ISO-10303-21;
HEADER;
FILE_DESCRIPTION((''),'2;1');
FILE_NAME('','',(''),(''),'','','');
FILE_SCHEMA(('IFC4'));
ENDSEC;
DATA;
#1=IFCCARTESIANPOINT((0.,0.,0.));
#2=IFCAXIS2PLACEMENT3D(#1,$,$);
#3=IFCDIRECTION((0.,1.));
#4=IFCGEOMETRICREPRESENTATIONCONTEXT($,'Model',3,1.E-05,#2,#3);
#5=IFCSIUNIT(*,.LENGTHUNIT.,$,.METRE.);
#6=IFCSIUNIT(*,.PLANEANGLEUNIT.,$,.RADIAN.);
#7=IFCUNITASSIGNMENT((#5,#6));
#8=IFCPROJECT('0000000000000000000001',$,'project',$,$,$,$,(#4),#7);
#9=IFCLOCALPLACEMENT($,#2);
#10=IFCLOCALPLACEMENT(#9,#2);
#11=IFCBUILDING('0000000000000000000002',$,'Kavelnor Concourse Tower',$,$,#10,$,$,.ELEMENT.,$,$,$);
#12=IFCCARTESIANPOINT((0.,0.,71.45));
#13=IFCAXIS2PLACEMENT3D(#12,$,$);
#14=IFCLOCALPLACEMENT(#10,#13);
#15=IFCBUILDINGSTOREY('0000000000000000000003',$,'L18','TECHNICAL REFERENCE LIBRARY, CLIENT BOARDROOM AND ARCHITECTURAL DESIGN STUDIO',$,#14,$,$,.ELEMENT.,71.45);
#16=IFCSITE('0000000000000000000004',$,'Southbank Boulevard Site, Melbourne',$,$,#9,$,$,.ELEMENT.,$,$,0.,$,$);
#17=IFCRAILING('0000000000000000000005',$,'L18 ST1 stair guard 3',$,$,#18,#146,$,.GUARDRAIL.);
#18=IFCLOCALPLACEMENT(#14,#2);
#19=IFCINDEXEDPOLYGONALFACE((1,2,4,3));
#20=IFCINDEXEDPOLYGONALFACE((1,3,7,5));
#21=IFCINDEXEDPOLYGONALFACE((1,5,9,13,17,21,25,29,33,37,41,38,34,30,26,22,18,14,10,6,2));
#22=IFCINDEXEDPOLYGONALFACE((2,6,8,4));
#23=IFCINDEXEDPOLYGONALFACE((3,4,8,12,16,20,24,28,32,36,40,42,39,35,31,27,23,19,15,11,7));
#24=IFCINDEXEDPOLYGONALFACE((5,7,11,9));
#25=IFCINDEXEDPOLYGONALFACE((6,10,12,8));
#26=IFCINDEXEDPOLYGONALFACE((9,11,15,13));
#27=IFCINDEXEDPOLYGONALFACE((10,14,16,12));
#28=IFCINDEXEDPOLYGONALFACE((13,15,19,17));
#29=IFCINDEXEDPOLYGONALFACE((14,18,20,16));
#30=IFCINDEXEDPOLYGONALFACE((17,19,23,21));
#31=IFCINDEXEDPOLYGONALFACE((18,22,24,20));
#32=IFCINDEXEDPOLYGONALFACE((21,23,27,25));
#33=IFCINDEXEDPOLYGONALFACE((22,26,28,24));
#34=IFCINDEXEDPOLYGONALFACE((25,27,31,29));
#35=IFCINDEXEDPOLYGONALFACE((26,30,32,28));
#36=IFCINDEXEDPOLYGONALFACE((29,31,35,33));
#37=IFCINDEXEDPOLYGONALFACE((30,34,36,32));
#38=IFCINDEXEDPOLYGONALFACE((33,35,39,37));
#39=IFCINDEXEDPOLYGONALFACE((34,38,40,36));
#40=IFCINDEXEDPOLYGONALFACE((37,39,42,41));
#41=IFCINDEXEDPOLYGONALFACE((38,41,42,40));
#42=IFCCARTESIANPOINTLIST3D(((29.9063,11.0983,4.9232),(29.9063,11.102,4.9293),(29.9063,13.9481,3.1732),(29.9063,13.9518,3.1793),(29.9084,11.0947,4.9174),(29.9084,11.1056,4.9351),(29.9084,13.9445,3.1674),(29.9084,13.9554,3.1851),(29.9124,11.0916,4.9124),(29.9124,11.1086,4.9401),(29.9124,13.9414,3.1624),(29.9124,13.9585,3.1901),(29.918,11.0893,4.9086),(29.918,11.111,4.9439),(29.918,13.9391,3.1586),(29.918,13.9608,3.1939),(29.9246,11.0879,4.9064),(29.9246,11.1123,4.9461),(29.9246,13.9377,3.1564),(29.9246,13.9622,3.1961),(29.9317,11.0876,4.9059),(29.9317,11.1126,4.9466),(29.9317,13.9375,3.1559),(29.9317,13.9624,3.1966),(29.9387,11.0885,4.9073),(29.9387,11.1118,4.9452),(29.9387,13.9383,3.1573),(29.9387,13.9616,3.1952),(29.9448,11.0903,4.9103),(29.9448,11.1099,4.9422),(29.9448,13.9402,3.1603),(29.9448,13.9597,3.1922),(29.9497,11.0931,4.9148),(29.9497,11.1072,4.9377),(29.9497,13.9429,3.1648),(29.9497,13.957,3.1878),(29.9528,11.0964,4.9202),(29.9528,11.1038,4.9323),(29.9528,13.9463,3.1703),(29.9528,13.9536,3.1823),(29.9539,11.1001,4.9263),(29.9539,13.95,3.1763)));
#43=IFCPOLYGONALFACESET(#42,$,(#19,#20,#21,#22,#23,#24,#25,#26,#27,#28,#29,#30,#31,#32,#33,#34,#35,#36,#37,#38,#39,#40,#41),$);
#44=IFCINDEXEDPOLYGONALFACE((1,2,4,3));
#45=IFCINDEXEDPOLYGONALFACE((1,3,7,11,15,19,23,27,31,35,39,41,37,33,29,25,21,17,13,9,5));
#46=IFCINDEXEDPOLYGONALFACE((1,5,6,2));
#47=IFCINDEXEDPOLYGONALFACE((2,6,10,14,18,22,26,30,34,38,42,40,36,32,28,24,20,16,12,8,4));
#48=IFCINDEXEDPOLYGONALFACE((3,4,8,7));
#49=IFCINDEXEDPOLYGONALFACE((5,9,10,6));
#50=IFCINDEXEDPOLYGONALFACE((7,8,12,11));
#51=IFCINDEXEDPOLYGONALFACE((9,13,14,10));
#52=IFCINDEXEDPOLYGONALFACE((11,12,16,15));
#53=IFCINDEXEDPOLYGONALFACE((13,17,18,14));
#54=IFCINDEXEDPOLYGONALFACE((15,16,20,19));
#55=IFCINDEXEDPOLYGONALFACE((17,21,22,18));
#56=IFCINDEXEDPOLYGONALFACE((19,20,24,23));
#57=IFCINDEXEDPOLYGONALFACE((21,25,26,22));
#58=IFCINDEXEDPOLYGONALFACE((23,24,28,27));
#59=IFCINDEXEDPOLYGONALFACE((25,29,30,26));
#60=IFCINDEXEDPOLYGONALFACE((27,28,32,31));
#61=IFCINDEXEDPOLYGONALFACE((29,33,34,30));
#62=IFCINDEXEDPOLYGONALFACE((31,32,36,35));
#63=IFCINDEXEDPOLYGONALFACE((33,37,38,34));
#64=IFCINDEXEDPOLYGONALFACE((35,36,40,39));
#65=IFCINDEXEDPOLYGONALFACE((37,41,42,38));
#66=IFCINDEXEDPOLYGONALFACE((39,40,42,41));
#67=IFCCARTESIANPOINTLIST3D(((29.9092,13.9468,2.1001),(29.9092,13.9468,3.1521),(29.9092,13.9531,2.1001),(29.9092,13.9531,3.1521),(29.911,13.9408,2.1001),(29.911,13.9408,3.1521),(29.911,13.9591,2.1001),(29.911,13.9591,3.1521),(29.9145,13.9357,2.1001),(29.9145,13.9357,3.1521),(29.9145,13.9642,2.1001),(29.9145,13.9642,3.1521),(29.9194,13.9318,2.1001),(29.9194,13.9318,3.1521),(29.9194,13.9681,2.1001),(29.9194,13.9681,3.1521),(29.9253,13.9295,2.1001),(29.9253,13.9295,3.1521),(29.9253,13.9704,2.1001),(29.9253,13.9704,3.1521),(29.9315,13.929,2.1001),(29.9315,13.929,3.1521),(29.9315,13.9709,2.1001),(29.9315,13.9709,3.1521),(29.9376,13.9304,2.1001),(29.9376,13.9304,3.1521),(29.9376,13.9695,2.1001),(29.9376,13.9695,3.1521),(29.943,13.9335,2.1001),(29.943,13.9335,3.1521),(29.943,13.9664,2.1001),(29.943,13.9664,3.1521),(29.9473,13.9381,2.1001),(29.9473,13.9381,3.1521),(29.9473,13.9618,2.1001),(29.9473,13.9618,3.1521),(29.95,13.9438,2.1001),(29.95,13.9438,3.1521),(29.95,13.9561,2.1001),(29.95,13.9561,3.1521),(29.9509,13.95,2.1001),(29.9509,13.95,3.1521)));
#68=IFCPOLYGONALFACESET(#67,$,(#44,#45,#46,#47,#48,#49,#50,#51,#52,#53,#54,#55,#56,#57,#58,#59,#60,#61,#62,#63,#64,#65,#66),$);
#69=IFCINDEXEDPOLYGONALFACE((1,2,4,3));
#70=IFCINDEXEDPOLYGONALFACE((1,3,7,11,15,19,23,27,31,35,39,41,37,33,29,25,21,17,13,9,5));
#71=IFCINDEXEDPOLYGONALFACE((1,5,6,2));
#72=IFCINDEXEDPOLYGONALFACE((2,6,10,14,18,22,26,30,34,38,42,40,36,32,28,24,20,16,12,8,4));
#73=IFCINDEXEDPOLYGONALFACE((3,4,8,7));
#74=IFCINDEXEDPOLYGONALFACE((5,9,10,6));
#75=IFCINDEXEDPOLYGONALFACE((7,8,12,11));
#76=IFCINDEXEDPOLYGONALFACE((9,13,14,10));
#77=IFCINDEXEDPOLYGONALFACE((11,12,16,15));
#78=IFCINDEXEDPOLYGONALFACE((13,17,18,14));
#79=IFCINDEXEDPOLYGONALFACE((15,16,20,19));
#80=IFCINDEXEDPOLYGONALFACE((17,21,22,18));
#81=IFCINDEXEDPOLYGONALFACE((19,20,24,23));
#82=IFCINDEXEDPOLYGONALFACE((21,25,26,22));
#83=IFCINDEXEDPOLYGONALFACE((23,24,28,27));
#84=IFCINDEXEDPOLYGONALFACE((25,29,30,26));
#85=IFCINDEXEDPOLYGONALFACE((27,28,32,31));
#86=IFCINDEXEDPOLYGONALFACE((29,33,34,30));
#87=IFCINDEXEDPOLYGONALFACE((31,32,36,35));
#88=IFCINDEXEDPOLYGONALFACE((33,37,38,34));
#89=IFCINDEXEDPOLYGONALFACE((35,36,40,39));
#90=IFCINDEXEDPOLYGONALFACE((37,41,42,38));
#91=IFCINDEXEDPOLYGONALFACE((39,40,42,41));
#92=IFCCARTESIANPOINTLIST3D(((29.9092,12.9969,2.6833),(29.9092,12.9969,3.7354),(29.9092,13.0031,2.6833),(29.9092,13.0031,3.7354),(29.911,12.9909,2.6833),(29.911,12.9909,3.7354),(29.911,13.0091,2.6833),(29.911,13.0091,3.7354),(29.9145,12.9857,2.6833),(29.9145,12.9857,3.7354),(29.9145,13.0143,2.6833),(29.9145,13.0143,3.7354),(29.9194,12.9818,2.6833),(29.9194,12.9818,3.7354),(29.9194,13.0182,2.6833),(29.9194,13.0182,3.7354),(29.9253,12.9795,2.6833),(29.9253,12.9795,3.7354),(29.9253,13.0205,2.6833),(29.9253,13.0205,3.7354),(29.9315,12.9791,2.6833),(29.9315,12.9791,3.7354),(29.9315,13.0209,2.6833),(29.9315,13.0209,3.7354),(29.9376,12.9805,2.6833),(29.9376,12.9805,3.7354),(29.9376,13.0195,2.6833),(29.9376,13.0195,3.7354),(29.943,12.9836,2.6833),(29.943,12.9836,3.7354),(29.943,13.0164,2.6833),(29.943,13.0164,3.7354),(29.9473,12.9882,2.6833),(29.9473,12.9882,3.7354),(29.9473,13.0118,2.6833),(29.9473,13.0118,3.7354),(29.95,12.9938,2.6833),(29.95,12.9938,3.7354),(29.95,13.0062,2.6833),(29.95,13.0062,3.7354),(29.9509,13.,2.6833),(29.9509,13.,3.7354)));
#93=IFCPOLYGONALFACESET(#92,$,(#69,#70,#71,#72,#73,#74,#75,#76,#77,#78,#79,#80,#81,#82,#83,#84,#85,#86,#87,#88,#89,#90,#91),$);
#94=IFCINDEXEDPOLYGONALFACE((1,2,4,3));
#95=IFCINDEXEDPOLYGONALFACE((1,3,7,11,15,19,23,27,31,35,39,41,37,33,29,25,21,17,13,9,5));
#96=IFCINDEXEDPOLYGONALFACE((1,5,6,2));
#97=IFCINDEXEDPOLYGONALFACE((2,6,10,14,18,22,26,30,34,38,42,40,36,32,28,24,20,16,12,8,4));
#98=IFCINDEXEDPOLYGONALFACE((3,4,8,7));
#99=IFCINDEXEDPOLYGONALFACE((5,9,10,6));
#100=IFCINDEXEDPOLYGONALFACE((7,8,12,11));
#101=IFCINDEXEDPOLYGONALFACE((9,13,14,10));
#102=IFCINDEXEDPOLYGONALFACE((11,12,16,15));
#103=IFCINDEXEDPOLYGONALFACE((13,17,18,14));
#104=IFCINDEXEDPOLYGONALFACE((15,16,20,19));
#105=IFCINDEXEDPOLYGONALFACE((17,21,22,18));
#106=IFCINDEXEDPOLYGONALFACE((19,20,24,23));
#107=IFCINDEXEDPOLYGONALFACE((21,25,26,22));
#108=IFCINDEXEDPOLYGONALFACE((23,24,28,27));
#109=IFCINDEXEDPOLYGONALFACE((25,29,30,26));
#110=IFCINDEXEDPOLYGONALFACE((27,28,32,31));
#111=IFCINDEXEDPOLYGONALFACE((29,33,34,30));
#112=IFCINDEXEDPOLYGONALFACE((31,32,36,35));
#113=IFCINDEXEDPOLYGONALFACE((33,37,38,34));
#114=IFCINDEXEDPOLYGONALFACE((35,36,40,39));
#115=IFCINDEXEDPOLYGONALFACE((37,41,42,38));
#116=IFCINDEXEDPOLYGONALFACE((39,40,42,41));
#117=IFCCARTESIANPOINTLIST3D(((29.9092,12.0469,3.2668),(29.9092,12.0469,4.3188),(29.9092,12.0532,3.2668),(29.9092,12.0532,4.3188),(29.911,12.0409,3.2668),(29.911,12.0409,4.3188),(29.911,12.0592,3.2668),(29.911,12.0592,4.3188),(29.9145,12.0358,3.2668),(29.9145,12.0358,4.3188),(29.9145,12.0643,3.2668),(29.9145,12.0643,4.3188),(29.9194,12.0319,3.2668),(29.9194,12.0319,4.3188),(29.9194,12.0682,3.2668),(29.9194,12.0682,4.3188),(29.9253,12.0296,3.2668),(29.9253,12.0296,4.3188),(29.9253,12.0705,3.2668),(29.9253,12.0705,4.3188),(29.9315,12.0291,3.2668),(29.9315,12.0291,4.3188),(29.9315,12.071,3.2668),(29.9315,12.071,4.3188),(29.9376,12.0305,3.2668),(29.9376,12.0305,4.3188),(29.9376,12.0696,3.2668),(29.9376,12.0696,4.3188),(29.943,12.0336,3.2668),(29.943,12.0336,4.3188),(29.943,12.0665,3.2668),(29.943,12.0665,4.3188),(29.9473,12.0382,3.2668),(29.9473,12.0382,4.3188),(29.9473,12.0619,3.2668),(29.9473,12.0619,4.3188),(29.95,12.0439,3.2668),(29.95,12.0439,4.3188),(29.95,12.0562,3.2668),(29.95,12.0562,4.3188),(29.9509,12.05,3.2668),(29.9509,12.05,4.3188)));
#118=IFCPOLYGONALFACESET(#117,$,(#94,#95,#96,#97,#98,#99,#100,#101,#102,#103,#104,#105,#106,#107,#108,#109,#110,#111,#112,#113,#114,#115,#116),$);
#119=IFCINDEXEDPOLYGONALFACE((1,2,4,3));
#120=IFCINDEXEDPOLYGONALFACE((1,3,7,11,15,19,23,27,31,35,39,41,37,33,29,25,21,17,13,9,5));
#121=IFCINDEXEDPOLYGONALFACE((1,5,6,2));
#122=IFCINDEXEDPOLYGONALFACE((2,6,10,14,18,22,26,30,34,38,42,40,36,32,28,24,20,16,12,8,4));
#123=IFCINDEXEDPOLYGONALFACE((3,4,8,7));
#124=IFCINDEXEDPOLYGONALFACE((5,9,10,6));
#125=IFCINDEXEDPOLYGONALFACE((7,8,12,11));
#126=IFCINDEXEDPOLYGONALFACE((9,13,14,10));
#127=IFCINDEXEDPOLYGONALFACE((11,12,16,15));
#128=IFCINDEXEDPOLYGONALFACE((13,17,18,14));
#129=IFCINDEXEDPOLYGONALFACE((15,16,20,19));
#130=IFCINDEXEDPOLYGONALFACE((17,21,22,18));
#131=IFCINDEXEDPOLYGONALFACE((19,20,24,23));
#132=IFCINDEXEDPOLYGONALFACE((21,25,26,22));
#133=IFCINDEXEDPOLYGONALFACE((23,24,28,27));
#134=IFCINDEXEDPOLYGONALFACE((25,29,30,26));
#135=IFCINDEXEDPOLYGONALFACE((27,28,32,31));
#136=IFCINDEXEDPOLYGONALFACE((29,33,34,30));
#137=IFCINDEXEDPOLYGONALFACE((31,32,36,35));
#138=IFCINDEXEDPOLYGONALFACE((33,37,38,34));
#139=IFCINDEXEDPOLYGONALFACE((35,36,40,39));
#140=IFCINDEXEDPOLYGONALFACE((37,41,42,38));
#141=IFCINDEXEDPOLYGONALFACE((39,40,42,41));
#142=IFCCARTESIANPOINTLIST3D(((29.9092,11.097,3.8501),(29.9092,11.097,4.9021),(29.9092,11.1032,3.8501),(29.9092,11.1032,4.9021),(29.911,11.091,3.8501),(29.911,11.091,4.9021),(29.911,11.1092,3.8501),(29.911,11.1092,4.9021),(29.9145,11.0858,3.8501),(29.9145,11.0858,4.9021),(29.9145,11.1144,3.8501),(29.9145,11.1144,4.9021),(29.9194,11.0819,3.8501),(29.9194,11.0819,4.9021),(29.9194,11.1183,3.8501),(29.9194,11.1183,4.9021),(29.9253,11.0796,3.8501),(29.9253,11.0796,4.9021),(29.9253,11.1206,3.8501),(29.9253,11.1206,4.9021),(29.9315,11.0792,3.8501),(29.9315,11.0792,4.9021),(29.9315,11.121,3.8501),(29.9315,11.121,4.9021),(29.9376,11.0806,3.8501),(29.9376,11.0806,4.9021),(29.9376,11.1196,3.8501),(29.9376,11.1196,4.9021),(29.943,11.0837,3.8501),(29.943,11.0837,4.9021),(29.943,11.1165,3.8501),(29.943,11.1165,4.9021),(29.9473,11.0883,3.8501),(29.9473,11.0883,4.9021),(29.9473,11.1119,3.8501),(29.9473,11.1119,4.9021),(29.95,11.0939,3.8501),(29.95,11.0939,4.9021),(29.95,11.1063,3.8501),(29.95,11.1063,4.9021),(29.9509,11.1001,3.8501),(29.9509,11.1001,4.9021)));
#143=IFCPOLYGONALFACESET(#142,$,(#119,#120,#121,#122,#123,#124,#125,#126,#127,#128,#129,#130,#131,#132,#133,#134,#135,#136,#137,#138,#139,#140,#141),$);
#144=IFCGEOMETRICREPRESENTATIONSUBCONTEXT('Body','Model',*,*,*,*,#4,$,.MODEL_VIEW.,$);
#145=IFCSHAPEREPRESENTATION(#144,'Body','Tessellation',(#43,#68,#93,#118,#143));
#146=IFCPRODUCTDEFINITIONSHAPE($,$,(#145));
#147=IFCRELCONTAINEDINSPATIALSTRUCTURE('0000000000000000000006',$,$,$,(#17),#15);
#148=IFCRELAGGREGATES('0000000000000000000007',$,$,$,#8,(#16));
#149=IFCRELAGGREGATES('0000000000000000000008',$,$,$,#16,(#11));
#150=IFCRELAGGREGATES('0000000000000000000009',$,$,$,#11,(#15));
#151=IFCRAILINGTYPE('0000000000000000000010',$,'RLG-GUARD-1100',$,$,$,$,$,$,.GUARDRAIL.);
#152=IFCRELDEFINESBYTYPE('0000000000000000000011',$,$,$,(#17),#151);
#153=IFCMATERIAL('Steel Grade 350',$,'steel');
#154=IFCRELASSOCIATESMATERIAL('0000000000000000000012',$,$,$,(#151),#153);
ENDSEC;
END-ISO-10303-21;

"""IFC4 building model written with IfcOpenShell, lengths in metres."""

from ifc_helpers import new_model, si_unit, direction, frame, origin, origin_2d, place, context, subcontext, project, spatial, circle, extrude, material, type_object, element, save


model = new_model("IFC4")

# Units and contexts
model_context = context("Model", 3, precision=1e-05, world=origin(), true_north=direction((0.0, 1.0)))
body_context = subcontext(model_context, "Body", "Model", "MODEL_VIEW")
ifc_project = project(units=[si_unit("LENGTHUNIT", "METRE"), si_unit("PLANEANGLEUNIT", "RADIAN")], contexts=[model_context])

# Site, building, storey
site_placement = place(None, origin())
site = spatial("IfcSite", under=ifc_project, at=site_placement, Name="Southbank Boulevard Site, Melbourne", CompositionType="ELEMENT", RefElevation=0.0)
building_placement = place(site_placement, origin())
building = spatial("IfcBuilding", under=site, at=building_placement, Name="Kavelnor Concourse Tower", CompositionType="ELEMENT")
storey_placement = place(building_placement, frame((0.0, 0.0, 71.45)))
storey = spatial("IfcBuildingStorey", under=building, at=storey_placement, Name="L18", Description="TECHNICAL REFERENCE LIBRARY, CLIENT BOARDROOM AND ARCHITECTURAL DESIGN STUDIO", CompositionType="ELEMENT", Elevation=71.45)

# Shared definitions
ifc_material_1 = material(Name="Steel Grade 350", Category="steel")

# Railing
railing_type_1 = type_object("IfcRailingType", Name="RLG-GUARD-1100", PredefinedType="GUARDRAIL", material=ifc_material_1)
railing_1_placement = place(storey_placement, frame((29.9299, 13.95, 2.1001)))
element("IfcRailing", 1, at=railing_1_placement, inside=storey, type_object=railing_type_1, Name="L18 ST1 stair guard 3", PredefinedType="GUARDRAIL", context=body_context, shape_type="SweptSolid", body=[
    extrude(circle(Radius=0.0239, at=origin_2d()), frame((0.0, 0.0, 1.0762), z_axis=(0.0, -0.852159, 0.523283), x_axis=(1.0, 0.0, 0.0)), (0.0, 0.0, 1.0), 3.3442),
    extrude(circle(Radius=0.021, at=origin_2d()), origin(), (0.0, 0.0, 1.0), 1.052),
    extrude(circle(Radius=0.021, at=origin_2d()), frame((0.0, -0.95, 0.5833)), (0.0, 0.0, 1.0), 1.052),
    extrude(circle(Radius=0.021, at=origin_2d()), frame((0.0, -1.8999, 1.1667)), (0.0, 0.0, 1.0), 1.052),
    extrude(circle(Radius=0.021, at=origin_2d()), frame((0.0, -2.8499, 1.75)), (0.0, 0.0, 1.0), 1.052),
])

save(model, "model.ifc")
